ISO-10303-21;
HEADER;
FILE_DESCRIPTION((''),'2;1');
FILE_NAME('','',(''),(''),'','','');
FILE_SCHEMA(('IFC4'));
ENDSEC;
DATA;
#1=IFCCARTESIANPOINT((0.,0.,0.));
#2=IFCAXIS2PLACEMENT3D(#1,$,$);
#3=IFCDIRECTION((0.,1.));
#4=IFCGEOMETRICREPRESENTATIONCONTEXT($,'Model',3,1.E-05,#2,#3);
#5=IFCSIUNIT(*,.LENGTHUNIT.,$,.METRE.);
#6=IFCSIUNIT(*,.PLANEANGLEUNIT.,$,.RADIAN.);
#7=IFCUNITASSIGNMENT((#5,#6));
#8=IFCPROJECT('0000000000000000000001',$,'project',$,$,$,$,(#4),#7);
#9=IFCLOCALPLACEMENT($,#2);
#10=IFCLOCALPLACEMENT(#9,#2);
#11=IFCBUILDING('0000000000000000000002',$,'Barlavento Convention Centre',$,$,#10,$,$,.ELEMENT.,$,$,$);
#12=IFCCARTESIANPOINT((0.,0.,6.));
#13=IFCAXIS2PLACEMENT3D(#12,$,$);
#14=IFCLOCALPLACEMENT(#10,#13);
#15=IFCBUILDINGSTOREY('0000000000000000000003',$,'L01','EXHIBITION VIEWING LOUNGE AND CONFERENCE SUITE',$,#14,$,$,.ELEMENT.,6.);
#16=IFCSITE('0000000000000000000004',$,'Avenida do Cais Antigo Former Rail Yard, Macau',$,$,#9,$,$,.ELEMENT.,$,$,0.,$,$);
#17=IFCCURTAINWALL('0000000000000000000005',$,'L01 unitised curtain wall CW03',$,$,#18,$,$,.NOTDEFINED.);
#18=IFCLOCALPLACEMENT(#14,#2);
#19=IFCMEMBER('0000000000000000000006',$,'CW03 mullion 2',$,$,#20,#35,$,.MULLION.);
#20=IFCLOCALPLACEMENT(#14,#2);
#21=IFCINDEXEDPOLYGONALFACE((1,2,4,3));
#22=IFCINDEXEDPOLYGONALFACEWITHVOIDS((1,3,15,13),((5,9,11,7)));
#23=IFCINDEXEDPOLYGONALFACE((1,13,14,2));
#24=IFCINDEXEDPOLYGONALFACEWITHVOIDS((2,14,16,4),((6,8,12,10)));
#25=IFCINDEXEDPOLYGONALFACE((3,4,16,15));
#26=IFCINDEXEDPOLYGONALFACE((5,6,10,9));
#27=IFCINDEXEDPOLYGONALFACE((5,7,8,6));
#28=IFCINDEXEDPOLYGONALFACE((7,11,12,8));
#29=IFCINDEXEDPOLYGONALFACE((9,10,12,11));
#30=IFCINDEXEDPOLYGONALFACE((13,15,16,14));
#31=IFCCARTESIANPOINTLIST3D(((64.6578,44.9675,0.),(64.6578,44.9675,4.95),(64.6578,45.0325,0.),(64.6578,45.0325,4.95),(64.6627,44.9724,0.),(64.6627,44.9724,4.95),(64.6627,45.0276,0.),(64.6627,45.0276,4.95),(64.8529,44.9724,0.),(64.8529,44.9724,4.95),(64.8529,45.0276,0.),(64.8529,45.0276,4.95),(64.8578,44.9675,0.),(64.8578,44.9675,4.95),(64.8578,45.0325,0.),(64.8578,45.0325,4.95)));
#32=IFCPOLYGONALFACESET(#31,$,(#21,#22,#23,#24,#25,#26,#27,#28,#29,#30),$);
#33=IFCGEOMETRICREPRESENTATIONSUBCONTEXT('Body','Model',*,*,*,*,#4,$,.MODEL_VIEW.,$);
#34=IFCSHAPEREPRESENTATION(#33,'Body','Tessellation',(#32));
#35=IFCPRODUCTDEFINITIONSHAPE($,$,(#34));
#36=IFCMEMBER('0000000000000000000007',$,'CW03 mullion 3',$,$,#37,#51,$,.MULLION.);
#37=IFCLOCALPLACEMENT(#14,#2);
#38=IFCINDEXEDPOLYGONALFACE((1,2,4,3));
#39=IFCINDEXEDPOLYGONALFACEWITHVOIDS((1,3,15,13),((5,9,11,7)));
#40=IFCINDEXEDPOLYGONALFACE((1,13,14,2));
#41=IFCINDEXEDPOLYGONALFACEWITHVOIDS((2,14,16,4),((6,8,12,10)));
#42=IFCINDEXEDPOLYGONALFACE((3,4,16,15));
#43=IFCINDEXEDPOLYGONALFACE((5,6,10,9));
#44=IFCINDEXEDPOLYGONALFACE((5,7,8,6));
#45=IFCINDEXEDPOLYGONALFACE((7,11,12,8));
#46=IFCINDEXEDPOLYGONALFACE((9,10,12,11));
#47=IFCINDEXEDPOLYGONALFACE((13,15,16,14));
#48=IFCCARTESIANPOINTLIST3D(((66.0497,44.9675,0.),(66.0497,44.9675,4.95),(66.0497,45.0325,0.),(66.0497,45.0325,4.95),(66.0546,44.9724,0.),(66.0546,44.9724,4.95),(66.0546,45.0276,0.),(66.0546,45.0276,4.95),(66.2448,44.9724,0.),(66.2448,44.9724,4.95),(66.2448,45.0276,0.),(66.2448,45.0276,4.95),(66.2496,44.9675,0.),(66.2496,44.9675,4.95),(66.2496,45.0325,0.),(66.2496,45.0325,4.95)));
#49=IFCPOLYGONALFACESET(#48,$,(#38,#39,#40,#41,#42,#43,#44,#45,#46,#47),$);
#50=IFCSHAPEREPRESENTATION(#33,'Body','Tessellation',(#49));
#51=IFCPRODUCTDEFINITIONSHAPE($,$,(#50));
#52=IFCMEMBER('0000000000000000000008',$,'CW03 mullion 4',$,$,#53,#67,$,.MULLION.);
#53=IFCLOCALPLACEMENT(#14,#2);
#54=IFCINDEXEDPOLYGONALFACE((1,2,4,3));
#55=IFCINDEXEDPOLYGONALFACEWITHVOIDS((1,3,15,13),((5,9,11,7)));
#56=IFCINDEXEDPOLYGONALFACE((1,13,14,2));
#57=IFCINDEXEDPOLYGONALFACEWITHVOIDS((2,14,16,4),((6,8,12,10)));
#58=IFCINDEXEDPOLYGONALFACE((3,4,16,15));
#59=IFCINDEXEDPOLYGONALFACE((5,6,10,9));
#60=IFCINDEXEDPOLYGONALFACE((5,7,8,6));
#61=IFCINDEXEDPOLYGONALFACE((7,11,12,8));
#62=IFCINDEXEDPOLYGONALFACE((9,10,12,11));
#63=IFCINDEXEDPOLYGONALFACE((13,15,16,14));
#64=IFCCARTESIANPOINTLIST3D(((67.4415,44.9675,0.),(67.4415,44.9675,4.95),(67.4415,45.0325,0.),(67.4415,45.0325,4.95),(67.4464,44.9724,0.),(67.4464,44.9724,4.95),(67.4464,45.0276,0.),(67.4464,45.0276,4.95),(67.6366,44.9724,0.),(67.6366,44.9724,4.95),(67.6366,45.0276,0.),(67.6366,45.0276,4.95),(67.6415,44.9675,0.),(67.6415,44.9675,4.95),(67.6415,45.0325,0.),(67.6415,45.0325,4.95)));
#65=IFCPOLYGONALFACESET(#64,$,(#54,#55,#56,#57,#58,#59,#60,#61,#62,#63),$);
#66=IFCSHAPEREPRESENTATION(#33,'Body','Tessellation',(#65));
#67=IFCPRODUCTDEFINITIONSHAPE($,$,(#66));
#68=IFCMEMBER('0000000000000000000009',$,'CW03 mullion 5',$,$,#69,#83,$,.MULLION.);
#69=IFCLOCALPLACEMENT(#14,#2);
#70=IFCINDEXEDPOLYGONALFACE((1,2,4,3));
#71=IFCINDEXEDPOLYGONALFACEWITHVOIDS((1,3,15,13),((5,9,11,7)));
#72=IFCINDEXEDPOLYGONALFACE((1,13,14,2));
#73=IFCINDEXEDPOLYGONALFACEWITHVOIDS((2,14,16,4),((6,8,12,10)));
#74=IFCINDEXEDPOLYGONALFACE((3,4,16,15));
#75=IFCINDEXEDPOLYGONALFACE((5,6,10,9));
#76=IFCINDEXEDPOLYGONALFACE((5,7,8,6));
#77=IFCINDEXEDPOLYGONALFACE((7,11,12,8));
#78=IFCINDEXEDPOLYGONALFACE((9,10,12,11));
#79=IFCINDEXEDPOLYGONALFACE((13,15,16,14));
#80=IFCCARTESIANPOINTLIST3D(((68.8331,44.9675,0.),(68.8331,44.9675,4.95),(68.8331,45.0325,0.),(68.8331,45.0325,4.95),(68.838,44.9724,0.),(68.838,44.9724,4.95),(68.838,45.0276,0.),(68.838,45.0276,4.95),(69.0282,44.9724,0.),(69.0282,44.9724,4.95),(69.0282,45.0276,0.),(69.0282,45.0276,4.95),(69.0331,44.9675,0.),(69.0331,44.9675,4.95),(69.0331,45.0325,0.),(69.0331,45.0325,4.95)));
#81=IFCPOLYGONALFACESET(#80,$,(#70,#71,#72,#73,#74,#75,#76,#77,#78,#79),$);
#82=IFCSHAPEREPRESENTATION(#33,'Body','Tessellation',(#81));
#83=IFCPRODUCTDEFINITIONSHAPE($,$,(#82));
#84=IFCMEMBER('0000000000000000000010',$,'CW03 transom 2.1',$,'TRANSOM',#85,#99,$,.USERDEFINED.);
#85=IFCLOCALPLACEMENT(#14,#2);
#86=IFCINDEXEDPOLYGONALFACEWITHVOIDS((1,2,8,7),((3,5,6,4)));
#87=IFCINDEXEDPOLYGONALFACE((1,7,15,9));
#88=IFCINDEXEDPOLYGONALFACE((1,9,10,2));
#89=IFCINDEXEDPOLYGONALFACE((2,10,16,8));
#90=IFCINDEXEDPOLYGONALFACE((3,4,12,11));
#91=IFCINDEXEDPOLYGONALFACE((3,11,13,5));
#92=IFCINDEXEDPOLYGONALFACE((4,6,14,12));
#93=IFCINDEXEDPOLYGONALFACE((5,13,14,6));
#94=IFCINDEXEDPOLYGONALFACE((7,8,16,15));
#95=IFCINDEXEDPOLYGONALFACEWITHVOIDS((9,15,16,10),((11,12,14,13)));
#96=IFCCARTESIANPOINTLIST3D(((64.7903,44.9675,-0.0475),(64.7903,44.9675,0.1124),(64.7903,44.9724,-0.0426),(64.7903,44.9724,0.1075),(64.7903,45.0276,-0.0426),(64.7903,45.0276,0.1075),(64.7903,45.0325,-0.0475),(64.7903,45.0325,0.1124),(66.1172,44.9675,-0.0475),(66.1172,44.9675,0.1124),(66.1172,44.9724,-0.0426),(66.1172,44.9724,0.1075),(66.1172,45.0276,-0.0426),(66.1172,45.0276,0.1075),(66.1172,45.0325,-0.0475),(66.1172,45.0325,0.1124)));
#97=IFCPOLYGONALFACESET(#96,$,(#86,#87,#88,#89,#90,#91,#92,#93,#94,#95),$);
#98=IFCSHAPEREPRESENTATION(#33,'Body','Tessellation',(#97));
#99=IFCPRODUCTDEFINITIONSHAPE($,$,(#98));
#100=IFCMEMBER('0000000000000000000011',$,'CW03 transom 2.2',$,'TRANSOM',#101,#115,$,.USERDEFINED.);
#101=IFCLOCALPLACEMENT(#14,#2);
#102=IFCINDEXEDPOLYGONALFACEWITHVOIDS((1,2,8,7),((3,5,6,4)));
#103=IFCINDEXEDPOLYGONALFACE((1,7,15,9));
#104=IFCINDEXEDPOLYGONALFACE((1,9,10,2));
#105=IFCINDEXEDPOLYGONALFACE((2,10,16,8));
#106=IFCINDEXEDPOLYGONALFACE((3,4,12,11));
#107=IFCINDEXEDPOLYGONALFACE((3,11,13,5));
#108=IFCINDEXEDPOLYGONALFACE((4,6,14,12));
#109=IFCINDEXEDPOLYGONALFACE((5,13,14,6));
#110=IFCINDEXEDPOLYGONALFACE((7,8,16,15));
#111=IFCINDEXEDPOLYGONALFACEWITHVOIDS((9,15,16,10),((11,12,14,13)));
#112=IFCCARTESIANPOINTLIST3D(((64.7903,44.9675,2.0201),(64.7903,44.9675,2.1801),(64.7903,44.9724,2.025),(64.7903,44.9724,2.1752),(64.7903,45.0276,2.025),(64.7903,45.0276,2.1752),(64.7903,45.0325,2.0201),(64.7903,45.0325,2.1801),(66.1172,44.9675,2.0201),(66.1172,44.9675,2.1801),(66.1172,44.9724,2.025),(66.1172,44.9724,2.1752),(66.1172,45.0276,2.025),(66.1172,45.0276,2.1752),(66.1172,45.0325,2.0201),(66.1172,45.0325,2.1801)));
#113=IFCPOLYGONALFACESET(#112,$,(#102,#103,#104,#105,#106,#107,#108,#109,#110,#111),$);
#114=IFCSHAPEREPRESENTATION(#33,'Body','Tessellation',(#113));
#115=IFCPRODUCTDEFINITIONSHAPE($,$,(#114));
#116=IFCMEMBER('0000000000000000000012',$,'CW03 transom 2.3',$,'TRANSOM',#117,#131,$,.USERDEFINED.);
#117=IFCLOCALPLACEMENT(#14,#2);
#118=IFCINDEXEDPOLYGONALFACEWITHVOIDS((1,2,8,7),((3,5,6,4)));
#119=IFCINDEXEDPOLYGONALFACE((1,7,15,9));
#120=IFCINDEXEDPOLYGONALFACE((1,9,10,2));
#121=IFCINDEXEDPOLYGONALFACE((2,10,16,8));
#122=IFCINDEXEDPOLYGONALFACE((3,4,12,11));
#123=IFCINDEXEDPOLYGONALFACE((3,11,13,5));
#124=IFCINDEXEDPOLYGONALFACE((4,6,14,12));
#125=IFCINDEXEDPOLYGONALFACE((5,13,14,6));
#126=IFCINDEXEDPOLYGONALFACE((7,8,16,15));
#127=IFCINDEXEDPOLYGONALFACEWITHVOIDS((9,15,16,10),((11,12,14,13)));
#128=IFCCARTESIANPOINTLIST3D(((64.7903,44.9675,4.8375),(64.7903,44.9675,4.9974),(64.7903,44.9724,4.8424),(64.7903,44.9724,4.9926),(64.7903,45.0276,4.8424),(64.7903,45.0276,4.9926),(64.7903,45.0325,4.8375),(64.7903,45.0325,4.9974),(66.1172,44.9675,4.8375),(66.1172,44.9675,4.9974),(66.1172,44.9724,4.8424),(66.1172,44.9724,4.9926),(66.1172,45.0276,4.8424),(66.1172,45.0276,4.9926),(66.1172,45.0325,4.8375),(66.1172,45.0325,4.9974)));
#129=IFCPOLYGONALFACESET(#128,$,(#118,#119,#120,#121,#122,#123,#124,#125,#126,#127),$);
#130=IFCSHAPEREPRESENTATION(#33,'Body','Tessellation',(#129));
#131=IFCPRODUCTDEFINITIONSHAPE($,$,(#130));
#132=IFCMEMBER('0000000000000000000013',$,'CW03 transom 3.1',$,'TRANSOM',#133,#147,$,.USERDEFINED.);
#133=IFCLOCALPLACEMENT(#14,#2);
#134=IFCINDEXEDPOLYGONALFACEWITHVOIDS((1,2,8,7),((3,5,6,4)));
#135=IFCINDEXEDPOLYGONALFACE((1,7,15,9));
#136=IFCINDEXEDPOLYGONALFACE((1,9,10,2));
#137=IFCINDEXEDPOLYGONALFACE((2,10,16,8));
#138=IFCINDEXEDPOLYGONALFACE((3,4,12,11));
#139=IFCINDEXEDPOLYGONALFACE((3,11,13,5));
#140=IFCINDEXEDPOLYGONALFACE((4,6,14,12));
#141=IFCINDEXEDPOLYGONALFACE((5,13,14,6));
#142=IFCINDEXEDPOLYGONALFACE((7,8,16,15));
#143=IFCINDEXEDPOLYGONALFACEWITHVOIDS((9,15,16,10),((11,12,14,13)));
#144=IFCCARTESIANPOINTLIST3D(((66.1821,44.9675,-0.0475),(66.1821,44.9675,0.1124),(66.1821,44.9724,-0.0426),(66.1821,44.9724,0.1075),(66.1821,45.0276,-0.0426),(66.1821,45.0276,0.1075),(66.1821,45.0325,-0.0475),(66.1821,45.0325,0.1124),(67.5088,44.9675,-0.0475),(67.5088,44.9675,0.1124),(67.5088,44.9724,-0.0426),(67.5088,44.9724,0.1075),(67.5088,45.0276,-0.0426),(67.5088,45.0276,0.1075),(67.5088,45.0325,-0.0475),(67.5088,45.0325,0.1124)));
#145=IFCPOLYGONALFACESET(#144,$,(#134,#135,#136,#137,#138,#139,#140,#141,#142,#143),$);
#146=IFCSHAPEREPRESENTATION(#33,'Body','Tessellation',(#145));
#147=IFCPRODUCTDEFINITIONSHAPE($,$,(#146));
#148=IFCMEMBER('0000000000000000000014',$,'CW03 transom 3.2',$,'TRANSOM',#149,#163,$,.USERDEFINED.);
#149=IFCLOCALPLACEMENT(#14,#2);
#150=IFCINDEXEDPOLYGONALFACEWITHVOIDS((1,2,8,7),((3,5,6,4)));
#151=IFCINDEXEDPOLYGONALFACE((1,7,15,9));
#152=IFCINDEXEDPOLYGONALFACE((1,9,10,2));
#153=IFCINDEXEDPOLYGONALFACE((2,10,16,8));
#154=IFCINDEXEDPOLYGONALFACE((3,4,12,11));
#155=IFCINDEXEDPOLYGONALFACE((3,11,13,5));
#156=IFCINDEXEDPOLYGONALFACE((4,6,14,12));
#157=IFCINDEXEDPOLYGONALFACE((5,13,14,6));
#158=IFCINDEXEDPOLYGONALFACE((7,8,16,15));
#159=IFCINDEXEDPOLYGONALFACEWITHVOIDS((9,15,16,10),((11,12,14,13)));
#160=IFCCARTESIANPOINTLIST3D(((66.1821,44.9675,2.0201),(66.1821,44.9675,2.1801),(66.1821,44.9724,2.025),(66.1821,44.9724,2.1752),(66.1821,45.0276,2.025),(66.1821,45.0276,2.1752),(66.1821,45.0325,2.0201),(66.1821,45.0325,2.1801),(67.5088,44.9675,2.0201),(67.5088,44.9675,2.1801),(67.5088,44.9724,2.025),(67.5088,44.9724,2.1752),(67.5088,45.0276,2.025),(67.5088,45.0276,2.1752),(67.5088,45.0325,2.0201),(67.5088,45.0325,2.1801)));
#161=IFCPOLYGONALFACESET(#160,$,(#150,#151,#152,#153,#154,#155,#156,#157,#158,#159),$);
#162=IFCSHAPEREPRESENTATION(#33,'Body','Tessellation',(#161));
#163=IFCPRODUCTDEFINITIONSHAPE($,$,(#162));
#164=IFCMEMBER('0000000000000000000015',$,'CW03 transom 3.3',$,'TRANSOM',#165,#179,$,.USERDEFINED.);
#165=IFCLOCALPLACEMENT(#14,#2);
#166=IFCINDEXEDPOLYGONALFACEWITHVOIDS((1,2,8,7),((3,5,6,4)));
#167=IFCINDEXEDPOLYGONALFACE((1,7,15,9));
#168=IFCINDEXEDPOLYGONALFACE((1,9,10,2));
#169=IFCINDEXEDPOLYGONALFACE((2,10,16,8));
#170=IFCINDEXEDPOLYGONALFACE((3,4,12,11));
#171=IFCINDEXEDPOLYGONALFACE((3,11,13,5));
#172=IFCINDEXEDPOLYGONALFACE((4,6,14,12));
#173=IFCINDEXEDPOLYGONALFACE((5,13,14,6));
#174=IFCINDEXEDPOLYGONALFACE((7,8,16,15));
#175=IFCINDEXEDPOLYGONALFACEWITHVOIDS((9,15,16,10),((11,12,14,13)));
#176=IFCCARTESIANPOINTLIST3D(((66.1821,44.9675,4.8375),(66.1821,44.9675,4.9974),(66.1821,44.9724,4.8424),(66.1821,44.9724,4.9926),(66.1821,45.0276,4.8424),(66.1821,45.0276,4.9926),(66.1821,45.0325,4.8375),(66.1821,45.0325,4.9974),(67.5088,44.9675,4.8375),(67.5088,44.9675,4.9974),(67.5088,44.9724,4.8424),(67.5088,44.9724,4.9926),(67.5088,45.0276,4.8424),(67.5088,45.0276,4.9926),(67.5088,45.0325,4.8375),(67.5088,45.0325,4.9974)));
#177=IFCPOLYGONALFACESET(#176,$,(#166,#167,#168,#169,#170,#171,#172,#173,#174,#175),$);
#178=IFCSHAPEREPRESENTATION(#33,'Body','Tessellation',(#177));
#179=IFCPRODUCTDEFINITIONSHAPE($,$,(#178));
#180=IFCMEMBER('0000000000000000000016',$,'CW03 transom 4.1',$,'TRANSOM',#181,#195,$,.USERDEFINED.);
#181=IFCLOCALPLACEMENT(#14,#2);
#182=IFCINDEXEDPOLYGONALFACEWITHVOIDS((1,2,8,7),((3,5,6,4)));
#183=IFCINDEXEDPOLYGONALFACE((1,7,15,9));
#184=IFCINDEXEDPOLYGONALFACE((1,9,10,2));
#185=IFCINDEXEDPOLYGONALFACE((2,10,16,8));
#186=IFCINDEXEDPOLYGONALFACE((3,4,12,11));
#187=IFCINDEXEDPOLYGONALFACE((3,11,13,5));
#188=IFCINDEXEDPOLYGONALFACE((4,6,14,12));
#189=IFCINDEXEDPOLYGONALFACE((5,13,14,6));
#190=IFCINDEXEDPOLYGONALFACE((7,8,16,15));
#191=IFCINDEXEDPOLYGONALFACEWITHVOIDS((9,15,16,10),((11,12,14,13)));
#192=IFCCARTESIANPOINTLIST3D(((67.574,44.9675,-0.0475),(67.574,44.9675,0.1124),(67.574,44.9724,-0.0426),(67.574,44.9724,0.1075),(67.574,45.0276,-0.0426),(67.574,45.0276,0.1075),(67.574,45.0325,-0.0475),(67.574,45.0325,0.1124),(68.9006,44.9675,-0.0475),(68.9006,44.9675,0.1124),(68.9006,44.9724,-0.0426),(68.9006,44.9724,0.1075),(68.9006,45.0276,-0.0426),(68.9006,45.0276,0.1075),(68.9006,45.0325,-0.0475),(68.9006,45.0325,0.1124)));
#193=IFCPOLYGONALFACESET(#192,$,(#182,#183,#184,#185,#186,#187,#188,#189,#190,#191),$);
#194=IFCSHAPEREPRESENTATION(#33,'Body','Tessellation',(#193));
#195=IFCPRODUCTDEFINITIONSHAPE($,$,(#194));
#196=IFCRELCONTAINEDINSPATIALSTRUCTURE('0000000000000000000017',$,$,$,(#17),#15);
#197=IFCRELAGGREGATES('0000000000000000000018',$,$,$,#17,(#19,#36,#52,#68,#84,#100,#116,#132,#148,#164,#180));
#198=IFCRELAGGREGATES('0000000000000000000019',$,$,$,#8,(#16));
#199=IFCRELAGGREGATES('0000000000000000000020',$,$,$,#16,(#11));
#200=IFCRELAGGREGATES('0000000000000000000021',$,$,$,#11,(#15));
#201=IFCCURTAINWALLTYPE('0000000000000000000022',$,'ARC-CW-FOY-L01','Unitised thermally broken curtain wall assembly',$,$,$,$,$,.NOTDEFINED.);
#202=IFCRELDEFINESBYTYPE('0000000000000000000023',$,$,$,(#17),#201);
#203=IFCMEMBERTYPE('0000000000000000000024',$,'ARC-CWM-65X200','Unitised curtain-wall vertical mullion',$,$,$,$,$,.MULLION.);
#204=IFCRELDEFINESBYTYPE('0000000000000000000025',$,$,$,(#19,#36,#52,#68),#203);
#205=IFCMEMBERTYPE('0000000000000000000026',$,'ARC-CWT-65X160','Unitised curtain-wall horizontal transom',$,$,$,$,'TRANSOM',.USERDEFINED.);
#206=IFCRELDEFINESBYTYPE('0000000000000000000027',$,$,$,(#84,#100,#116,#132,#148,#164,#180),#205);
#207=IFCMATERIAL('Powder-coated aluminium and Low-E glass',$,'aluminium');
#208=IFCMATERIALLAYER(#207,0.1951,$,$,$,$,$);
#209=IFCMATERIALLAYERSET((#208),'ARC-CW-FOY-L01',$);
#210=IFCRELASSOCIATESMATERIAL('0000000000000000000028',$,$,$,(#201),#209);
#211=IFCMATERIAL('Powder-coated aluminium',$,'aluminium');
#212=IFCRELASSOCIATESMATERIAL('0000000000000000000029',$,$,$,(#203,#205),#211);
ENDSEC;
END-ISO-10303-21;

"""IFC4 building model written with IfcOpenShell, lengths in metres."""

from ifc_helpers import new_model, si_unit, direction, frame, origin, origin_2d, place, context, subcontext, project, spatial, hollow_rectangle, extrude, material, layer, layer_set, material_profile, profile_set, type_object, element, aggregate, save


model = new_model("IFC4")

# Units and contexts
model_context = context("Model", 3, precision=1e-05, world=origin(), true_north=direction((0.0, 1.0)))
body_context = subcontext(model_context, "Body", "Model", "MODEL_VIEW")
ifc_project = project(units=[si_unit("LENGTHUNIT", "METRE"), si_unit("PLANEANGLEUNIT", "RADIAN")], contexts=[model_context])

# Site, building, storey
site_placement = place(None, origin())
site = spatial("IfcSite", under=ifc_project, at=site_placement, Name="Avenida do Cais Antigo Former Rail Yard, Macau", CompositionType="ELEMENT", RefElevation=0.0)
building_placement = place(site_placement, origin())
building = spatial("IfcBuilding", under=site, at=building_placement, Name="Barlavento Convention Centre", CompositionType="ELEMENT")
storey_placement = place(building_placement, frame((0.0, 0.0, 6.0)))
storey = spatial("IfcBuildingStorey", under=building, at=storey_placement, Name="L01", Description="EXHIBITION VIEWING LOUNGE AND CONFERENCE SUITE", CompositionType="ELEMENT", Elevation=6.0)

# Curtain wall, members
ifc_material_1 = material(Name="Powder-coated aluminium and Low-E glass", Category="aluminium")
ifc_layer_1 = layer(ifc_material_1, 0.1951)
ifc_layer_set_1 = layer_set([ifc_layer_1], Name="ARC-CW-FOY-L01")
curtain_wall_type = type_object("IfcCurtainWallType", Name="ARC-CW-FOY-L01", Description="Unitised thermally broken curtain wall assembly", PredefinedType="NOTDEFINED", material=ifc_layer_set_1)
curtain_wall_placement = place(storey_placement, origin())
curtain_wall = element("IfcCurtainWall", 1, at=curtain_wall_placement, inside=storey, type_object=curtain_wall_type, Name="L01 unitised curtain wall CW03", PredefinedType="NOTDEFINED")
ifc_material_2 = material(Name="Powder-coated aluminium", Category="aluminium")
ifc_material_profile_1 = material_profile(ifc_material_2, hollow_rectangle(XDim=0.0649, YDim=0.2, WallThickness=0.0049, at=origin_2d()), Name="AL-MULL 65x200x5")
ifc_profile_set_1 = profile_set([ifc_material_profile_1], Name="Powder-coated aluminium")
member_type_1 = type_object("IfcMemberType", Name="ARC-CWM-65X200", Description="Unitised curtain-wall vertical mullion", PredefinedType="MULLION", material=ifc_profile_set_1)
member_1_placement = place(storey_placement, frame((64.7578, 45.0, 0.0), z_axis=(0.0, 0.0, 1.0), x_axis=(0.0, 1.0, 0.0)))
member_1 = element("IfcMember", 2, at=member_1_placement, type_object=member_type_1, Name="CW03 mullion 2", PredefinedType="MULLION", context=body_context, shape_type="SweptSolid", body=[
    extrude(hollow_rectangle(XDim=0.0649, YDim=0.2, WallThickness=0.0049, at=origin_2d()), origin(), (0.0, 0.0, 1.0), 4.95),
])
member_2_placement = place(storey_placement, frame((66.1497, 45.0, 0.0), z_axis=(0.0, 0.0, 1.0), x_axis=(0.0, 1.0, 0.0)))
member_2 = element("IfcMember", 3, at=member_2_placement, type_object=member_type_1, Name="CW03 mullion 3", PredefinedType="MULLION", context=body_context, shape_type="SweptSolid", body=[
    extrude(hollow_rectangle(XDim=0.0649, YDim=0.2, WallThickness=0.0049, at=origin_2d()), origin(), (0.0, 0.0, 1.0), 4.95),
])
member_3_placement = place(storey_placement, frame((67.5415, 45.0, 0.0), z_axis=(0.0, 0.0, 1.0), x_axis=(0.0, 1.0, 0.0)))
member_3 = element("IfcMember", 4, at=member_3_placement, type_object=member_type_1, Name="CW03 mullion 4", PredefinedType="MULLION", context=body_context, shape_type="SweptSolid", body=[
    extrude(hollow_rectangle(XDim=0.0649, YDim=0.2, WallThickness=0.0049, at=origin_2d()), origin(), (0.0, 0.0, 1.0), 4.95),
])
member_4_placement = place(storey_placement, frame((68.9331, 45.0, 0.0), z_axis=(0.0, 0.0, 1.0), x_axis=(0.0, 1.0, 0.0)))
member_4 = element("IfcMember", 5, at=member_4_placement, type_object=member_type_1, Name="CW03 mullion 5", PredefinedType="MULLION", context=body_context, shape_type="SweptSolid", body=[
    extrude(hollow_rectangle(XDim=0.0649, YDim=0.2, WallThickness=0.0049, at=origin_2d()), origin(), (0.0, 0.0, 1.0), 4.95),
])
ifc_material_profile_2 = material_profile(ifc_material_2, hollow_rectangle(XDim=0.0649, YDim=0.1599, WallThickness=0.0049, at=origin_2d()), Name="AL-TRAN 65x160x5")
ifc_profile_set_2 = profile_set([ifc_material_profile_2], Name="Powder-coated aluminium")
member_type_2 = type_object("IfcMemberType", Name="ARC-CWT-65X160", Description="Unitised curtain-wall horizontal transom", ElementType="TRANSOM", PredefinedType="USERDEFINED", material=ifc_profile_set_2)
member_5_placement = place(storey_placement, frame((64.7903, 45.0, 0.0325), z_axis=(1.0, 0.0, 0.0), x_axis=(0.0, 1.0, 0.0)))
member_5 = element("IfcMember", 6, at=member_5_placement, type_object=member_type_2, Name="CW03 transom 2.1", ObjectType="TRANSOM", PredefinedType="USERDEFINED", context=body_context, shape_type="SweptSolid", body=[
    extrude(hollow_rectangle(XDim=0.0649, YDim=0.1599, WallThickness=0.0049, at=origin_2d()), origin(), (0.0, 0.0, 1.0), 1.3269),
])
member_6_placement = place(storey_placement, frame((64.7903, 45.0, 2.1001), z_axis=(1.0, 0.0, 0.0), x_axis=(0.0, 1.0, 0.0)))
member_6 = element("IfcMember", 7, at=member_6_placement, type_object=member_type_2, Name="CW03 transom 2.2", ObjectType="TRANSOM", PredefinedType="USERDEFINED", context=body_context, shape_type="SweptSolid", body=[
    extrude(hollow_rectangle(XDim=0.0649, YDim=0.1599, WallThickness=0.0049, at=origin_2d()), origin(), (0.0, 0.0, 1.0), 1.3269),
])
member_7_placement = place(storey_placement, frame((64.7903, 45.0, 4.9175), z_axis=(1.0, 0.0, 0.0), x_axis=(0.0, 1.0, 0.0)))
member_7 = element("IfcMember", 8, at=member_7_placement, type_object=member_type_2, Name="CW03 transom 2.3", ObjectType="TRANSOM", PredefinedType="USERDEFINED", context=body_context, shape_type="SweptSolid", body=[
    extrude(hollow_rectangle(XDim=0.0649, YDim=0.1599, WallThickness=0.0049, at=origin_2d()), origin(), (0.0, 0.0, 1.0), 1.3269),
])
member_8_placement = place(storey_placement, frame((66.1821, 45.0, 0.0325), z_axis=(1.0, 0.0, 0.0), x_axis=(0.0, 1.0, 0.0)))
member_8 = element("IfcMember", 9, at=member_8_placement, type_object=member_type_2, Name="CW03 transom 3.1", ObjectType="TRANSOM", PredefinedType="USERDEFINED", context=body_context, shape_type="SweptSolid", body=[
    extrude(hollow_rectangle(XDim=0.0649, YDim=0.1599, WallThickness=0.0049, at=origin_2d()), origin(), (0.0, 0.0, 1.0), 1.3267),
])
member_9_placement = place(storey_placement, frame((66.1821, 45.0, 2.1001), z_axis=(1.0, 0.0, 0.0), x_axis=(0.0, 1.0, 0.0)))
member_9 = element("IfcMember", 10, at=member_9_placement, type_object=member_type_2, Name="CW03 transom 3.2", ObjectType="TRANSOM", PredefinedType="USERDEFINED", context=body_context, shape_type="SweptSolid", body=[
    extrude(hollow_rectangle(XDim=0.0649, YDim=0.1599, WallThickness=0.0049, at=origin_2d()), origin(), (0.0, 0.0, 1.0), 1.3267),
])
member_10_placement = place(storey_placement, frame((66.1821, 45.0, 4.9175), z_axis=(1.0, 0.0, 0.0), x_axis=(0.0, 1.0, 0.0)))
member_10 = element("IfcMember", 11, at=member_10_placement, type_object=member_type_2, Name="CW03 transom 3.3", ObjectType="TRANSOM", PredefinedType="USERDEFINED", context=body_context, shape_type="SweptSolid", body=[
    extrude(hollow_rectangle(XDim=0.0649, YDim=0.1599, WallThickness=0.0049, at=origin_2d()), origin(), (0.0, 0.0, 1.0), 1.3267),
])
member_11_placement = place(storey_placement, frame((67.574, 45.0, 0.0325), z_axis=(1.0, 0.0, 0.0), x_axis=(0.0, 1.0, 0.0)))
member_11 = element("IfcMember", 12, at=member_11_placement, type_object=member_type_2, Name="CW03 transom 4.1", ObjectType="TRANSOM", PredefinedType="USERDEFINED", context=body_context, shape_type="SweptSolid", body=[
    extrude(hollow_rectangle(XDim=0.0649, YDim=0.1599, WallThickness=0.0049, at=origin_2d()), origin(), (0.0, 0.0, 1.0), 1.3267),
])
aggregate(curtain_wall, [member_1, member_2, member_3, member_4, member_5, member_6, member_7, member_8, member_9, member_10, member_11])

save(model, "model.ifc")
